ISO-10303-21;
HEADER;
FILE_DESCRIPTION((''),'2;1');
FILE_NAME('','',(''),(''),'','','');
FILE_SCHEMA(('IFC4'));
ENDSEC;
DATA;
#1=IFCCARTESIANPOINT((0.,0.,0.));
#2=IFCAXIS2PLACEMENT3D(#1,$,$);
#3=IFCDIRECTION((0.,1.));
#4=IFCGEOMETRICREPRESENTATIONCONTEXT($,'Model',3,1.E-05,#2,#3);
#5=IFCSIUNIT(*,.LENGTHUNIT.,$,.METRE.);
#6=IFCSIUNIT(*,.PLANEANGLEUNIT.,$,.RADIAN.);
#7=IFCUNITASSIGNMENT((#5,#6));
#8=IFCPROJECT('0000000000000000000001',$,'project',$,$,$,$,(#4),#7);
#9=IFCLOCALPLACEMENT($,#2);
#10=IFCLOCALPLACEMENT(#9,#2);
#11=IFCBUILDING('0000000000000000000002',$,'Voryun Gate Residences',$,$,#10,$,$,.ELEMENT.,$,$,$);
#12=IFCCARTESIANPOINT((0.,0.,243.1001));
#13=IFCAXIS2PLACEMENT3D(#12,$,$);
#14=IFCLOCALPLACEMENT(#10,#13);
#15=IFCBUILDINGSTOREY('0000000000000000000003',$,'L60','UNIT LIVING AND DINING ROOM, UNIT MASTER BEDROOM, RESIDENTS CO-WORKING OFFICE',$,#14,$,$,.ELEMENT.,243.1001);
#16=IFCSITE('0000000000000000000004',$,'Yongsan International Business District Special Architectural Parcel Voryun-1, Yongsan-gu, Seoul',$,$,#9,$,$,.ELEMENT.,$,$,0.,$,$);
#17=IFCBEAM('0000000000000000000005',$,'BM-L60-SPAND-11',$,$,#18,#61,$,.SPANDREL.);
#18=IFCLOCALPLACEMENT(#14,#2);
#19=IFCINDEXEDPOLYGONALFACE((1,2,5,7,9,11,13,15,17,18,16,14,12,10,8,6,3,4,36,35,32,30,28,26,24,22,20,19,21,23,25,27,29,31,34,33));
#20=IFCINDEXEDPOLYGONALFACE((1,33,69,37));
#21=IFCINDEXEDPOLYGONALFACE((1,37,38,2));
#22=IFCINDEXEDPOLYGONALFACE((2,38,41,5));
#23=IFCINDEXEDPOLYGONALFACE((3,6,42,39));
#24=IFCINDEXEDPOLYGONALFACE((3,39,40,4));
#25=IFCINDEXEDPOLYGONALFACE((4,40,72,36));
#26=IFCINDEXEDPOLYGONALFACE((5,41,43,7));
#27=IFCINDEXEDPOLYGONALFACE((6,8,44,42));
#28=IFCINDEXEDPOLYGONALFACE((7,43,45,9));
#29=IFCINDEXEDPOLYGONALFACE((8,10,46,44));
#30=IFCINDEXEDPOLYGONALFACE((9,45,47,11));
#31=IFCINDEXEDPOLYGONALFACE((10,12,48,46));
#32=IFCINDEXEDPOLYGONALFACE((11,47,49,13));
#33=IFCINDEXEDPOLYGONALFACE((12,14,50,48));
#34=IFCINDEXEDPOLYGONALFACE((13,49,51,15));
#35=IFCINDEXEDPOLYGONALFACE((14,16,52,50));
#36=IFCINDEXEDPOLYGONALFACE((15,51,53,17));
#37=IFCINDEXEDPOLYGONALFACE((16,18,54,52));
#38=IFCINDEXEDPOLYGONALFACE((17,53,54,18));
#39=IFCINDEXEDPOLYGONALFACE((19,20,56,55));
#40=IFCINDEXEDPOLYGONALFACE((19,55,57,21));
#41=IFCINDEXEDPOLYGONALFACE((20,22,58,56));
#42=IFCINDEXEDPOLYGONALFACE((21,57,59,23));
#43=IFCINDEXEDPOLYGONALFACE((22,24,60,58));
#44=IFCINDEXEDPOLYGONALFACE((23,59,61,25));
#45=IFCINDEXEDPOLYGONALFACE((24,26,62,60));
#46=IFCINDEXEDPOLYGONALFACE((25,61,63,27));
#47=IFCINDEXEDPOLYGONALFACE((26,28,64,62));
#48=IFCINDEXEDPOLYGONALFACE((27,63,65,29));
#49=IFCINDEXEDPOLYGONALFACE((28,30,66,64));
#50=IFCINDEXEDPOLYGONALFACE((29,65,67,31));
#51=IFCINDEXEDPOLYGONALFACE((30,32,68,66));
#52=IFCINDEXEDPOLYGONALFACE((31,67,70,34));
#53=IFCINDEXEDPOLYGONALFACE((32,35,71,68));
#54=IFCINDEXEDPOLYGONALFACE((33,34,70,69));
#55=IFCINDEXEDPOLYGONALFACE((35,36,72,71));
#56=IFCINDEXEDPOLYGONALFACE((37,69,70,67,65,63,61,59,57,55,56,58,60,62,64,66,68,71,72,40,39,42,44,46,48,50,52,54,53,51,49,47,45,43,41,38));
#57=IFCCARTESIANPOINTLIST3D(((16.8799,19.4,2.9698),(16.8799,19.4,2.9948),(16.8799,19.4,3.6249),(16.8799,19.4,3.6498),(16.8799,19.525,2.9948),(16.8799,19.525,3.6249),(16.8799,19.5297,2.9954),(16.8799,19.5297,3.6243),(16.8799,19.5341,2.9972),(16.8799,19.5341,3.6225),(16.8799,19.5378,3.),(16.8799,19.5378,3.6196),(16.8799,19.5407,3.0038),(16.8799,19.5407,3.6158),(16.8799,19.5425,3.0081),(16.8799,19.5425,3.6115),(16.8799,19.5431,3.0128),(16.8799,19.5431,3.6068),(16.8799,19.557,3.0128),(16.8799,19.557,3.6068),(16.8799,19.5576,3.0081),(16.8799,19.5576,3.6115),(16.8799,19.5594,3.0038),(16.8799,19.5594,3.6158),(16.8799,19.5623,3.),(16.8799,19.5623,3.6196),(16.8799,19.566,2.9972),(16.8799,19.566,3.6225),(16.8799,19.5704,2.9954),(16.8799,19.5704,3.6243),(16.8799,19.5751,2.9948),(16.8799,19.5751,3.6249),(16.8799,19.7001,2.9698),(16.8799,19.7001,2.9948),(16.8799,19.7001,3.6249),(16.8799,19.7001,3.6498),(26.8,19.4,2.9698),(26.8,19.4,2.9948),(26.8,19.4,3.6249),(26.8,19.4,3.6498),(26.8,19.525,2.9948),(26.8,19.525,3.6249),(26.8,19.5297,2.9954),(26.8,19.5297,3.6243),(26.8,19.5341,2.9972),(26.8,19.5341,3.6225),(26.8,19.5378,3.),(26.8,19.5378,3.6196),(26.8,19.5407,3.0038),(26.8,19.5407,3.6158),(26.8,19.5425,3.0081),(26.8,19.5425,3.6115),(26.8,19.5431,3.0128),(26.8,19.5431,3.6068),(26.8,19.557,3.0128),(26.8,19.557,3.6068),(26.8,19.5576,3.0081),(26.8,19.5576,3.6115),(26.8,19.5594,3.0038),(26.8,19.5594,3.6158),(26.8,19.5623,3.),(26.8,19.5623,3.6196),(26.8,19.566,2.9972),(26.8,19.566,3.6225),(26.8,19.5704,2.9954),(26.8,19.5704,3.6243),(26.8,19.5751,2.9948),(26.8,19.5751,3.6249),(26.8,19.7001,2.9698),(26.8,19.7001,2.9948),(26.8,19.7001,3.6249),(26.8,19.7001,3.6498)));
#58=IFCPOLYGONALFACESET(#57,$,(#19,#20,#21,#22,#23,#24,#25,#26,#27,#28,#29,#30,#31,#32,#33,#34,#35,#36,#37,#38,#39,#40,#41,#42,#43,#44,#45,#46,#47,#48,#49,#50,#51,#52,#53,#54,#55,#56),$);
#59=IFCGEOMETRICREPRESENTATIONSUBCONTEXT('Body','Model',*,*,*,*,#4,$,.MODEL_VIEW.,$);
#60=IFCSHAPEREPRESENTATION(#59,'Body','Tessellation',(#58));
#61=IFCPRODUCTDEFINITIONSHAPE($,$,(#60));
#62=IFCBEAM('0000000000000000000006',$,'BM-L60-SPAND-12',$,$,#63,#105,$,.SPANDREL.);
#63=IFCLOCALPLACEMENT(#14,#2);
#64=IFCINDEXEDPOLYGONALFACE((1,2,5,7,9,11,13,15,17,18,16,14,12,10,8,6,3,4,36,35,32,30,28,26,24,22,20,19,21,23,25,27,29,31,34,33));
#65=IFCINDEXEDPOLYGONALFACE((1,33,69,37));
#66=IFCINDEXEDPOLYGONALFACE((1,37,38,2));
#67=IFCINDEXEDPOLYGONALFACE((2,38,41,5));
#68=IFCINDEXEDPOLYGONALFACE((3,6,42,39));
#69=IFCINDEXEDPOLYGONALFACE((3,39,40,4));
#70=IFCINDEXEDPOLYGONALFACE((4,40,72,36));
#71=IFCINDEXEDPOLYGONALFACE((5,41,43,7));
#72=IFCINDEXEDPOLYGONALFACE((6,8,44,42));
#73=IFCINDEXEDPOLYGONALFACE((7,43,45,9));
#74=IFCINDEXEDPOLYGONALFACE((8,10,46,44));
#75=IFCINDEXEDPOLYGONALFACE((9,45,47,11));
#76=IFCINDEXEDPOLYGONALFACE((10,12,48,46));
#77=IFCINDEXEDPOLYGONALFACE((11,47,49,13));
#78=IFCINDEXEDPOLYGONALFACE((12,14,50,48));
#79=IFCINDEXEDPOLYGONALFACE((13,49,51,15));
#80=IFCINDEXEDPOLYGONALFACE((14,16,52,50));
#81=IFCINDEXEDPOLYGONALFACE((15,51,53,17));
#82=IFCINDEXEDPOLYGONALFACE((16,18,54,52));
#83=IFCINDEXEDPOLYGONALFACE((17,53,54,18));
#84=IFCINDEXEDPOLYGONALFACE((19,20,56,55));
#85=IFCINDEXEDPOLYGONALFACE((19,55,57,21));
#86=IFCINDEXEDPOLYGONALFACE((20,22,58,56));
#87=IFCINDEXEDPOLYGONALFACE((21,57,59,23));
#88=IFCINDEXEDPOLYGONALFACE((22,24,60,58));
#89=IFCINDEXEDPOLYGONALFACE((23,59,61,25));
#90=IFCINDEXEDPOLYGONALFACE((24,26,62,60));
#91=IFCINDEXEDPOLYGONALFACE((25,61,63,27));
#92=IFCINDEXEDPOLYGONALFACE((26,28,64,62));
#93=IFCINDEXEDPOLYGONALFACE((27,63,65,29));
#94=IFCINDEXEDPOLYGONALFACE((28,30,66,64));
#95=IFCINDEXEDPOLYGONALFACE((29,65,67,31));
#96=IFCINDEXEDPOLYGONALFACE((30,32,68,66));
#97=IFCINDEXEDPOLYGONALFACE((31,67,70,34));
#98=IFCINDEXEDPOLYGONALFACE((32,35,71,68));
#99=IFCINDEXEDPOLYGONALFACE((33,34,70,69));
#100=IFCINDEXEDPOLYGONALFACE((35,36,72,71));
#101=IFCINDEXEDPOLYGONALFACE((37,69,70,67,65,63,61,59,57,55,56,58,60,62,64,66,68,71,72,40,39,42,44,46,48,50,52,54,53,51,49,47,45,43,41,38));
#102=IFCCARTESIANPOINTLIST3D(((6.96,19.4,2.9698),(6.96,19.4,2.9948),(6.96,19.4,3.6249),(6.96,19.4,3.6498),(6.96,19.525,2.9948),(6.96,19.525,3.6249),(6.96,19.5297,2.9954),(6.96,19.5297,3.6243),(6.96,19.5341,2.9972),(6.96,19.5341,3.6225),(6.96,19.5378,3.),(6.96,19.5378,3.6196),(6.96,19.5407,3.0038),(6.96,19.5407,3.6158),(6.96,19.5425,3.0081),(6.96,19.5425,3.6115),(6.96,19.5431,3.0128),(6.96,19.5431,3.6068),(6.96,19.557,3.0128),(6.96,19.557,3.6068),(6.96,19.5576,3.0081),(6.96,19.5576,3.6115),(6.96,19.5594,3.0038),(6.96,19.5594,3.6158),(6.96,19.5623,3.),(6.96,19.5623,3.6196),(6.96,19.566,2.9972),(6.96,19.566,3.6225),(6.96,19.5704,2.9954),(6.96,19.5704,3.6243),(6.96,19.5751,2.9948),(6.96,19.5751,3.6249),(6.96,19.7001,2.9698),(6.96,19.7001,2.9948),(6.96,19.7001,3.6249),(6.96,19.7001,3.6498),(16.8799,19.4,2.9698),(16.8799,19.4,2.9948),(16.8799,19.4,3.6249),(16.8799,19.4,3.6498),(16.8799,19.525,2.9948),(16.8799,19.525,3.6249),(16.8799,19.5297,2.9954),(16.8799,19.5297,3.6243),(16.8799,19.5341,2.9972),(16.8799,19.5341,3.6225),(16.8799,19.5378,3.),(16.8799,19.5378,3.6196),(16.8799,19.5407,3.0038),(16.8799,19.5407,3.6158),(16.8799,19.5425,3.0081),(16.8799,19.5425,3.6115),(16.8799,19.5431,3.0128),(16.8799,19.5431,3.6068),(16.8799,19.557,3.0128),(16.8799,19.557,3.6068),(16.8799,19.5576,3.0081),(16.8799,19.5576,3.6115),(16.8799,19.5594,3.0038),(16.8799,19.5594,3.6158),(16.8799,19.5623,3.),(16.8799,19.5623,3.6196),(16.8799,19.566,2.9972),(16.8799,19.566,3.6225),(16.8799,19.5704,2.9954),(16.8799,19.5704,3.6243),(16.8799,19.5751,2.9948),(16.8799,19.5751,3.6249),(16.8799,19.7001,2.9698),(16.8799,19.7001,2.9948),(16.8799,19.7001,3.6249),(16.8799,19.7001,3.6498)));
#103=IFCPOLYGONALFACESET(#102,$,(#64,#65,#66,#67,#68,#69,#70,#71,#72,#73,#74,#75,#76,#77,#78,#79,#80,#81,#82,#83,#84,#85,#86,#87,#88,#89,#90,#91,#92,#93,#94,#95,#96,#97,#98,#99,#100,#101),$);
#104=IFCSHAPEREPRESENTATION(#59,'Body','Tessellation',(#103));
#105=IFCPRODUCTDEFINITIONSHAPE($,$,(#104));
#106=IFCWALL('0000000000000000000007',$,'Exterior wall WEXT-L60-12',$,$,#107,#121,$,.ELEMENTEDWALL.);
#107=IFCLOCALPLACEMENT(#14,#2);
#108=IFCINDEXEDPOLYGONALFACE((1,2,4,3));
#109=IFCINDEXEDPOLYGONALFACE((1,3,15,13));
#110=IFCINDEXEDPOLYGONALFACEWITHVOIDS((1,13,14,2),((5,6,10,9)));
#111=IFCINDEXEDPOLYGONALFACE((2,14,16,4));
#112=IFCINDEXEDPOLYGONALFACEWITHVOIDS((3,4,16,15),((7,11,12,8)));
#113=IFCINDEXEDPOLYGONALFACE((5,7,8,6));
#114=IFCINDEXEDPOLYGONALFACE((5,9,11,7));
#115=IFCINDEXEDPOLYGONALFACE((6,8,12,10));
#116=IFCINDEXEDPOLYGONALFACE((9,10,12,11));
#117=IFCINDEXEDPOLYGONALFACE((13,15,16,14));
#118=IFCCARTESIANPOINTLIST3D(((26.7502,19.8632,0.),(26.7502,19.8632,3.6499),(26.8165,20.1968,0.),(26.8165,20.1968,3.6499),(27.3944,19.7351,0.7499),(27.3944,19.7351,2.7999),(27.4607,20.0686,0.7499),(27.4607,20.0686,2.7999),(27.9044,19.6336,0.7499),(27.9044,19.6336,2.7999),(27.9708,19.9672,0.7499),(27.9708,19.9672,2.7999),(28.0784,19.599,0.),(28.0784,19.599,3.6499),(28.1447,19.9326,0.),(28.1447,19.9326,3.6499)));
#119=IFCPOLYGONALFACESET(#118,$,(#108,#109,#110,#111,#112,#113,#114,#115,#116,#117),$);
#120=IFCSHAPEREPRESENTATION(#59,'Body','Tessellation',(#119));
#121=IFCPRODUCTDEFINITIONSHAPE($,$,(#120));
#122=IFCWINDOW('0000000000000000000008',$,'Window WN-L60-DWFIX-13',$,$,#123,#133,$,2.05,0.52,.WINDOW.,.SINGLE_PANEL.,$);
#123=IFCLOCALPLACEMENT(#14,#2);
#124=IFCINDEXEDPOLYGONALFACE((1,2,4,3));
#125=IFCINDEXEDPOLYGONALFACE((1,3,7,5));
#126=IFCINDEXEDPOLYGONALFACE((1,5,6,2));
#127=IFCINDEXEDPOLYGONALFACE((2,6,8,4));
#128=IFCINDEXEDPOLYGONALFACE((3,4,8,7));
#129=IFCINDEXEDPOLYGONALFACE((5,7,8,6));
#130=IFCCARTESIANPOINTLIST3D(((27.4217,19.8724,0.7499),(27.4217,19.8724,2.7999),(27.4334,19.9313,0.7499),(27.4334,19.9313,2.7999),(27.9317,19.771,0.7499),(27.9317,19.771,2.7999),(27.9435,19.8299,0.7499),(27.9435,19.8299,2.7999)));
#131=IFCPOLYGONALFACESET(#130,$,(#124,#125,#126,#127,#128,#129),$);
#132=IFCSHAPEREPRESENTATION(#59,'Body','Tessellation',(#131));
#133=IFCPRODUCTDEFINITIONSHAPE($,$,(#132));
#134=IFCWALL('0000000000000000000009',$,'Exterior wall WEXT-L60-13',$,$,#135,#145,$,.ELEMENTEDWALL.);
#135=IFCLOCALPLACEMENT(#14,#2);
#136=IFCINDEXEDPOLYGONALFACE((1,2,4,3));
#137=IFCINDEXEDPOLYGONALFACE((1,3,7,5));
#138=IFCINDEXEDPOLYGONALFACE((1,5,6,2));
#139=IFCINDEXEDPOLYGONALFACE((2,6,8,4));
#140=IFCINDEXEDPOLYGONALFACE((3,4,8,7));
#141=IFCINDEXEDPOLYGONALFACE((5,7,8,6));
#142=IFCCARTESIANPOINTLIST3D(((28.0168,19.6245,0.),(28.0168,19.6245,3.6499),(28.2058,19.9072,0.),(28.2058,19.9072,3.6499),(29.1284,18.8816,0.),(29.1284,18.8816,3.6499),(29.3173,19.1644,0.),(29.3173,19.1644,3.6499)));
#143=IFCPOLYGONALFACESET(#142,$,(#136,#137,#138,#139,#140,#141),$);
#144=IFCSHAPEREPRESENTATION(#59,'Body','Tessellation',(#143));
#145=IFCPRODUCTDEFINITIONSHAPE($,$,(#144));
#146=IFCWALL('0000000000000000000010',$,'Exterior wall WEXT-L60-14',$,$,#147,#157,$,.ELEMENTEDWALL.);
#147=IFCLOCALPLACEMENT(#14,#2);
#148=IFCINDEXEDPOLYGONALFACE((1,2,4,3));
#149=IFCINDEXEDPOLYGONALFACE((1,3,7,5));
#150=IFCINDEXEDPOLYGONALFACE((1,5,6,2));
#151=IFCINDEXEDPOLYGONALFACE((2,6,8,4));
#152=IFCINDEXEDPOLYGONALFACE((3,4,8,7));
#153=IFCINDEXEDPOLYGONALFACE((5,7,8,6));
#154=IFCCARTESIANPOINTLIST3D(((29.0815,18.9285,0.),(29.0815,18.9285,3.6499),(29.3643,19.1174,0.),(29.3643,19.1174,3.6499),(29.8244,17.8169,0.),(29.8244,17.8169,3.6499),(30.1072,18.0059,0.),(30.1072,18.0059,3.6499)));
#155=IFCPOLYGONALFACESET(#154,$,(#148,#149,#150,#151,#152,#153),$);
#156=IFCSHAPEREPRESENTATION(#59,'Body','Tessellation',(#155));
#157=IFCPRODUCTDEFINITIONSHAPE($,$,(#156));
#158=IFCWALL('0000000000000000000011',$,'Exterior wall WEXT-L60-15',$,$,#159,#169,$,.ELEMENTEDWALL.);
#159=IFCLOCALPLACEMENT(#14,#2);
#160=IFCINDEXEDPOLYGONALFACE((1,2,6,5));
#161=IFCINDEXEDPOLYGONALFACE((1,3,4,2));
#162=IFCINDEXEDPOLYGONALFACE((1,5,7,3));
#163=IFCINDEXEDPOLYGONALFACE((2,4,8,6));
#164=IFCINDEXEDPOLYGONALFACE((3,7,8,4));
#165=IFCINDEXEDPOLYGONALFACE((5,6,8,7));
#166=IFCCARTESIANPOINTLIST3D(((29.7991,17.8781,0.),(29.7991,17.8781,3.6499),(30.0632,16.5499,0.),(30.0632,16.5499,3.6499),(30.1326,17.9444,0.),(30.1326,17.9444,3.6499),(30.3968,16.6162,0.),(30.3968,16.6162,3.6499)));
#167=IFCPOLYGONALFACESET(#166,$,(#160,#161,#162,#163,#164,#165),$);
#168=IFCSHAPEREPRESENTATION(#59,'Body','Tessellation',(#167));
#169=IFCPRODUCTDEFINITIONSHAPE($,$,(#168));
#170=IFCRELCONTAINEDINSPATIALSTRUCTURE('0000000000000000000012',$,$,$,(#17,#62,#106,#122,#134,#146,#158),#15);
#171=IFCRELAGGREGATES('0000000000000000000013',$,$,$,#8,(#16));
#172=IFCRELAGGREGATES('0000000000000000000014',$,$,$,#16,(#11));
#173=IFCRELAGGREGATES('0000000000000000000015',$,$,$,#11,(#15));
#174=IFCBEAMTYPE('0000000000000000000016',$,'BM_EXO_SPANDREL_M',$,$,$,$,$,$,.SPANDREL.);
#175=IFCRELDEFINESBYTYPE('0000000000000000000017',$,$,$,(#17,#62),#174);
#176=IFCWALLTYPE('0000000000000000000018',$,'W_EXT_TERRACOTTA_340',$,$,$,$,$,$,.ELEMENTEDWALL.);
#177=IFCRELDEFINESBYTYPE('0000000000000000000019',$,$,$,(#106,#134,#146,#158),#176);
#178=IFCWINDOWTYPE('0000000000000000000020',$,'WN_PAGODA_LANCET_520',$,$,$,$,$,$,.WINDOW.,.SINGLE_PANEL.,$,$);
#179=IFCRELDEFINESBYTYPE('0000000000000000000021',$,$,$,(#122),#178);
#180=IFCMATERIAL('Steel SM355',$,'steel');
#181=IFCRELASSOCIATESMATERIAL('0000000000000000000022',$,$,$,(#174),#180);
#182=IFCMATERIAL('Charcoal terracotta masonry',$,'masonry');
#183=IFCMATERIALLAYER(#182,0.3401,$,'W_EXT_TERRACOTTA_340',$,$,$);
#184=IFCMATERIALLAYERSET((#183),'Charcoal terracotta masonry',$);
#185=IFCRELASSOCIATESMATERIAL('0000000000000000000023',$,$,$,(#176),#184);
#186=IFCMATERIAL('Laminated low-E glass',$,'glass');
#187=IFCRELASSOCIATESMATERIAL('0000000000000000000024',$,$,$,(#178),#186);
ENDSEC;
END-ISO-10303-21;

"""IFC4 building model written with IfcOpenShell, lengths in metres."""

from ifc_helpers import new_model, si_unit, direction, frame, frame_2d, origin, origin_2d, place, context, subcontext, project, spatial, rectangle, i_section, extrude, material, layer, layer_set, material_profile, profile_set, type_object, element, fill, save


model = new_model("IFC4")

# Units and contexts
model_context = context("Model", 3, precision=1e-05, world=origin(), true_north=direction((0.0, 1.0)))
body_context = subcontext(model_context, "Body", "Model", "MODEL_VIEW")
ifc_project = project(units=[si_unit("LENGTHUNIT", "METRE"), si_unit("PLANEANGLEUNIT", "RADIAN")], contexts=[model_context])

# Site, building, storey
site_placement = place(None, origin())
site = spatial("IfcSite", under=ifc_project, at=site_placement, Name="Yongsan International Business District Special Architectural Parcel Voryun-1, Yongsan-gu, Seoul", CompositionType="ELEMENT", RefElevation=0.0)
building_placement = place(site_placement, origin())
building = spatial("IfcBuilding", under=site, at=building_placement, Name="Voryun Gate Residences", CompositionType="ELEMENT")
storey_placement = place(building_placement, frame((0.0, 0.0, 243.1001)))
storey = spatial("IfcBuildingStorey", under=building, at=storey_placement, Name="L60", Description="UNIT LIVING AND DINING ROOM, UNIT MASTER BEDROOM, RESIDENTS CO-WORKING OFFICE", CompositionType="ELEMENT", Elevation=243.1001)

# Beams
ifc_material_1 = material(Name="Steel SM355", Category="steel")
ifc_material_profile_1 = material_profile(ifc_material_1, i_section(OverallWidth=0.3, OverallDepth=0.6799, WebThickness=0.0139, FlangeThickness=0.0249, FilletRadius=0.0181, at=origin_2d()), Name="H-680x300x14x25")
ifc_profile_set_1 = profile_set([ifc_material_profile_1], Name="Steel SM355")
beam_type = type_object("IfcBeamType", Name="BM_EXO_SPANDREL_M", PredefinedType="SPANDREL", material=ifc_profile_set_1)
beam_1_placement = place(storey_placement, frame((26.8, 19.55, 3.3098), z_axis=(-1.0, 0.0, 0.0), x_axis=(0.0, -1.0, 0.0)))
element("IfcBeam", 1, at=beam_1_placement, inside=storey, type_object=beam_type, Name="BM-L60-SPAND-11", PredefinedType="SPANDREL", context=body_context, shape_type="SweptSolid", body=[
    extrude(i_section(OverallWidth=0.3, OverallDepth=0.6799, WebThickness=0.0139, FlangeThickness=0.0249, FilletRadius=0.0181, at=origin_2d()), origin(), (0.0, 0.0, 1.0), 9.9202),
])
beam_2_placement = place(storey_placement, frame((16.8799, 19.55, 3.3098), z_axis=(-1.0, 0.0, 0.0), x_axis=(0.0, -1.0, 0.0)))
element("IfcBeam", 2, at=beam_2_placement, inside=storey, type_object=beam_type, Name="BM-L60-SPAND-12", PredefinedType="SPANDREL", context=body_context, shape_type="SweptSolid", body=[
    extrude(i_section(OverallWidth=0.3, OverallDepth=0.6799, WebThickness=0.0139, FlangeThickness=0.0249, FilletRadius=0.0181, at=origin_2d()), origin(), (0.0, 0.0, 1.0), 9.9199),
])

# Wall, opening, window
ifc_material_2 = material(Name="Charcoal terracotta masonry", Category="masonry")
ifc_layer_1 = layer(ifc_material_2, 0.3401, Name="W_EXT_TERRACOTTA_340")
ifc_layer_set_1 = layer_set([ifc_layer_1], Name="Charcoal terracotta masonry")
wall_type_1 = type_object("IfcWallType", Name="W_EXT_TERRACOTTA_340", PredefinedType="ELEMENTEDWALL", material=ifc_layer_set_1)
wall_1_placement = place(storey_placement, frame((26.7832, 20.03, 0.0), z_axis=(0.0, 0.0, 1.0), x_axis=(0.980788, -0.195076, 0.0)))
wall_1 = element("IfcWall", 3, at=wall_1_placement, inside=storey, type_object=wall_type_1, Name="Exterior wall WEXT-L60-12", PredefinedType="ELEMENTEDWALL", context=body_context, shape_type="SweptSolid", body=[
    extrude(rectangle(XDim=1.3542, YDim=0.3401, at=frame_2d((0.6772, 0.0))), origin(), (0.0, 0.0, 1.0), 3.6499),
])
opening_1_placement = place(wall_1_placement, frame((0.657, 0.0, 0.75)))
opening_1 = element("IfcOpeningElement", 4, at=opening_1_placement, cuts=wall_1, PredefinedType="OPENING", context=body_context, shape_type="SweptSolid", body=[
    extrude(rectangle(XDim=0.52, YDim=2.05, at=frame_2d((0.26, 1.0249))), frame((0.0, 0.1799, 0.0), z_axis=(0.0, -1.0, 0.0), x_axis=(1.0, 0.0, 0.0)), (0.0, 0.0, 1.0), 0.3601),
])
ifc_material_3 = material(Name="Laminated low-E glass", Category="glass")
window_type_1 = type_object("IfcWindowType", Name="WN_PAGODA_LANCET_520", PartitioningType="SINGLE_PANEL", PredefinedType="WINDOW", material=ifc_material_3)
window_1_placement = place(opening_1_placement, origin())
window_1 = element("IfcWindow", 5, at=window_1_placement, inside=storey, type_object=window_type_1, Name="Window WN-L60-DWFIX-13", OverallHeight=2.05, OverallWidth=0.52, PartitioningType="SINGLE_PANEL", PredefinedType="WINDOW", context=body_context, shape_type="SweptSolid", body=[
    extrude(rectangle(XDim=0.52, YDim=2.05, at=frame_2d((0.26, 1.0249))), frame((0.0, 0.03, 0.0), z_axis=(0.0, -1.0, 0.0), x_axis=(1.0, 0.0, 0.0)), (0.0, 0.0, 1.0), 0.0601),
])
fill(opening_1, window_1)

# Walls
for number, where, z_axis, x_axis, name in (
    (6, (28.1113, 19.7659, 0.0), (0.0, 0.0, 1.0), (0.831404, -0.555669, 0.0), "Exterior wall WEXT-L60-13"),
    (7, (29.2229, 19.0229, 0.0), (0.0, 0.0, 1.0), (0.555669, -0.831404, 0.0), "Exterior wall WEXT-L60-14"),
):
    element("IfcWall", number, at=place(storey_placement, frame(where, z_axis=z_axis, x_axis=x_axis)), inside=storey, type_object=wall_type_1, Name=name, PredefinedType="ELEMENTEDWALL", context=body_context, shape_type="SweptSolid", body=[
        extrude(rectangle(XDim=1.3369, YDim=0.3401, at=frame_2d((0.6685, 0.0))), origin(), (0.0, 0.0, 1.0), 3.6499),
    ])
wall_2_placement = place(storey_placement, frame((29.9658, 17.9114, 0.0), z_axis=(0.0, 0.0, 1.0), x_axis=(0.195076, -0.980788, 0.0)))
element("IfcWall", 8, at=wall_2_placement, inside=storey, type_object=wall_type_1, Name="Exterior wall WEXT-L60-15", PredefinedType="ELEMENTEDWALL", context=body_context, shape_type="SweptSolid", body=[
    extrude(rectangle(XDim=1.3542, YDim=0.3401, at=frame_2d((0.6772, 0.0))), origin(), (0.0, 0.0, 1.0), 3.6499),
])

save(model, "model.ifc")
